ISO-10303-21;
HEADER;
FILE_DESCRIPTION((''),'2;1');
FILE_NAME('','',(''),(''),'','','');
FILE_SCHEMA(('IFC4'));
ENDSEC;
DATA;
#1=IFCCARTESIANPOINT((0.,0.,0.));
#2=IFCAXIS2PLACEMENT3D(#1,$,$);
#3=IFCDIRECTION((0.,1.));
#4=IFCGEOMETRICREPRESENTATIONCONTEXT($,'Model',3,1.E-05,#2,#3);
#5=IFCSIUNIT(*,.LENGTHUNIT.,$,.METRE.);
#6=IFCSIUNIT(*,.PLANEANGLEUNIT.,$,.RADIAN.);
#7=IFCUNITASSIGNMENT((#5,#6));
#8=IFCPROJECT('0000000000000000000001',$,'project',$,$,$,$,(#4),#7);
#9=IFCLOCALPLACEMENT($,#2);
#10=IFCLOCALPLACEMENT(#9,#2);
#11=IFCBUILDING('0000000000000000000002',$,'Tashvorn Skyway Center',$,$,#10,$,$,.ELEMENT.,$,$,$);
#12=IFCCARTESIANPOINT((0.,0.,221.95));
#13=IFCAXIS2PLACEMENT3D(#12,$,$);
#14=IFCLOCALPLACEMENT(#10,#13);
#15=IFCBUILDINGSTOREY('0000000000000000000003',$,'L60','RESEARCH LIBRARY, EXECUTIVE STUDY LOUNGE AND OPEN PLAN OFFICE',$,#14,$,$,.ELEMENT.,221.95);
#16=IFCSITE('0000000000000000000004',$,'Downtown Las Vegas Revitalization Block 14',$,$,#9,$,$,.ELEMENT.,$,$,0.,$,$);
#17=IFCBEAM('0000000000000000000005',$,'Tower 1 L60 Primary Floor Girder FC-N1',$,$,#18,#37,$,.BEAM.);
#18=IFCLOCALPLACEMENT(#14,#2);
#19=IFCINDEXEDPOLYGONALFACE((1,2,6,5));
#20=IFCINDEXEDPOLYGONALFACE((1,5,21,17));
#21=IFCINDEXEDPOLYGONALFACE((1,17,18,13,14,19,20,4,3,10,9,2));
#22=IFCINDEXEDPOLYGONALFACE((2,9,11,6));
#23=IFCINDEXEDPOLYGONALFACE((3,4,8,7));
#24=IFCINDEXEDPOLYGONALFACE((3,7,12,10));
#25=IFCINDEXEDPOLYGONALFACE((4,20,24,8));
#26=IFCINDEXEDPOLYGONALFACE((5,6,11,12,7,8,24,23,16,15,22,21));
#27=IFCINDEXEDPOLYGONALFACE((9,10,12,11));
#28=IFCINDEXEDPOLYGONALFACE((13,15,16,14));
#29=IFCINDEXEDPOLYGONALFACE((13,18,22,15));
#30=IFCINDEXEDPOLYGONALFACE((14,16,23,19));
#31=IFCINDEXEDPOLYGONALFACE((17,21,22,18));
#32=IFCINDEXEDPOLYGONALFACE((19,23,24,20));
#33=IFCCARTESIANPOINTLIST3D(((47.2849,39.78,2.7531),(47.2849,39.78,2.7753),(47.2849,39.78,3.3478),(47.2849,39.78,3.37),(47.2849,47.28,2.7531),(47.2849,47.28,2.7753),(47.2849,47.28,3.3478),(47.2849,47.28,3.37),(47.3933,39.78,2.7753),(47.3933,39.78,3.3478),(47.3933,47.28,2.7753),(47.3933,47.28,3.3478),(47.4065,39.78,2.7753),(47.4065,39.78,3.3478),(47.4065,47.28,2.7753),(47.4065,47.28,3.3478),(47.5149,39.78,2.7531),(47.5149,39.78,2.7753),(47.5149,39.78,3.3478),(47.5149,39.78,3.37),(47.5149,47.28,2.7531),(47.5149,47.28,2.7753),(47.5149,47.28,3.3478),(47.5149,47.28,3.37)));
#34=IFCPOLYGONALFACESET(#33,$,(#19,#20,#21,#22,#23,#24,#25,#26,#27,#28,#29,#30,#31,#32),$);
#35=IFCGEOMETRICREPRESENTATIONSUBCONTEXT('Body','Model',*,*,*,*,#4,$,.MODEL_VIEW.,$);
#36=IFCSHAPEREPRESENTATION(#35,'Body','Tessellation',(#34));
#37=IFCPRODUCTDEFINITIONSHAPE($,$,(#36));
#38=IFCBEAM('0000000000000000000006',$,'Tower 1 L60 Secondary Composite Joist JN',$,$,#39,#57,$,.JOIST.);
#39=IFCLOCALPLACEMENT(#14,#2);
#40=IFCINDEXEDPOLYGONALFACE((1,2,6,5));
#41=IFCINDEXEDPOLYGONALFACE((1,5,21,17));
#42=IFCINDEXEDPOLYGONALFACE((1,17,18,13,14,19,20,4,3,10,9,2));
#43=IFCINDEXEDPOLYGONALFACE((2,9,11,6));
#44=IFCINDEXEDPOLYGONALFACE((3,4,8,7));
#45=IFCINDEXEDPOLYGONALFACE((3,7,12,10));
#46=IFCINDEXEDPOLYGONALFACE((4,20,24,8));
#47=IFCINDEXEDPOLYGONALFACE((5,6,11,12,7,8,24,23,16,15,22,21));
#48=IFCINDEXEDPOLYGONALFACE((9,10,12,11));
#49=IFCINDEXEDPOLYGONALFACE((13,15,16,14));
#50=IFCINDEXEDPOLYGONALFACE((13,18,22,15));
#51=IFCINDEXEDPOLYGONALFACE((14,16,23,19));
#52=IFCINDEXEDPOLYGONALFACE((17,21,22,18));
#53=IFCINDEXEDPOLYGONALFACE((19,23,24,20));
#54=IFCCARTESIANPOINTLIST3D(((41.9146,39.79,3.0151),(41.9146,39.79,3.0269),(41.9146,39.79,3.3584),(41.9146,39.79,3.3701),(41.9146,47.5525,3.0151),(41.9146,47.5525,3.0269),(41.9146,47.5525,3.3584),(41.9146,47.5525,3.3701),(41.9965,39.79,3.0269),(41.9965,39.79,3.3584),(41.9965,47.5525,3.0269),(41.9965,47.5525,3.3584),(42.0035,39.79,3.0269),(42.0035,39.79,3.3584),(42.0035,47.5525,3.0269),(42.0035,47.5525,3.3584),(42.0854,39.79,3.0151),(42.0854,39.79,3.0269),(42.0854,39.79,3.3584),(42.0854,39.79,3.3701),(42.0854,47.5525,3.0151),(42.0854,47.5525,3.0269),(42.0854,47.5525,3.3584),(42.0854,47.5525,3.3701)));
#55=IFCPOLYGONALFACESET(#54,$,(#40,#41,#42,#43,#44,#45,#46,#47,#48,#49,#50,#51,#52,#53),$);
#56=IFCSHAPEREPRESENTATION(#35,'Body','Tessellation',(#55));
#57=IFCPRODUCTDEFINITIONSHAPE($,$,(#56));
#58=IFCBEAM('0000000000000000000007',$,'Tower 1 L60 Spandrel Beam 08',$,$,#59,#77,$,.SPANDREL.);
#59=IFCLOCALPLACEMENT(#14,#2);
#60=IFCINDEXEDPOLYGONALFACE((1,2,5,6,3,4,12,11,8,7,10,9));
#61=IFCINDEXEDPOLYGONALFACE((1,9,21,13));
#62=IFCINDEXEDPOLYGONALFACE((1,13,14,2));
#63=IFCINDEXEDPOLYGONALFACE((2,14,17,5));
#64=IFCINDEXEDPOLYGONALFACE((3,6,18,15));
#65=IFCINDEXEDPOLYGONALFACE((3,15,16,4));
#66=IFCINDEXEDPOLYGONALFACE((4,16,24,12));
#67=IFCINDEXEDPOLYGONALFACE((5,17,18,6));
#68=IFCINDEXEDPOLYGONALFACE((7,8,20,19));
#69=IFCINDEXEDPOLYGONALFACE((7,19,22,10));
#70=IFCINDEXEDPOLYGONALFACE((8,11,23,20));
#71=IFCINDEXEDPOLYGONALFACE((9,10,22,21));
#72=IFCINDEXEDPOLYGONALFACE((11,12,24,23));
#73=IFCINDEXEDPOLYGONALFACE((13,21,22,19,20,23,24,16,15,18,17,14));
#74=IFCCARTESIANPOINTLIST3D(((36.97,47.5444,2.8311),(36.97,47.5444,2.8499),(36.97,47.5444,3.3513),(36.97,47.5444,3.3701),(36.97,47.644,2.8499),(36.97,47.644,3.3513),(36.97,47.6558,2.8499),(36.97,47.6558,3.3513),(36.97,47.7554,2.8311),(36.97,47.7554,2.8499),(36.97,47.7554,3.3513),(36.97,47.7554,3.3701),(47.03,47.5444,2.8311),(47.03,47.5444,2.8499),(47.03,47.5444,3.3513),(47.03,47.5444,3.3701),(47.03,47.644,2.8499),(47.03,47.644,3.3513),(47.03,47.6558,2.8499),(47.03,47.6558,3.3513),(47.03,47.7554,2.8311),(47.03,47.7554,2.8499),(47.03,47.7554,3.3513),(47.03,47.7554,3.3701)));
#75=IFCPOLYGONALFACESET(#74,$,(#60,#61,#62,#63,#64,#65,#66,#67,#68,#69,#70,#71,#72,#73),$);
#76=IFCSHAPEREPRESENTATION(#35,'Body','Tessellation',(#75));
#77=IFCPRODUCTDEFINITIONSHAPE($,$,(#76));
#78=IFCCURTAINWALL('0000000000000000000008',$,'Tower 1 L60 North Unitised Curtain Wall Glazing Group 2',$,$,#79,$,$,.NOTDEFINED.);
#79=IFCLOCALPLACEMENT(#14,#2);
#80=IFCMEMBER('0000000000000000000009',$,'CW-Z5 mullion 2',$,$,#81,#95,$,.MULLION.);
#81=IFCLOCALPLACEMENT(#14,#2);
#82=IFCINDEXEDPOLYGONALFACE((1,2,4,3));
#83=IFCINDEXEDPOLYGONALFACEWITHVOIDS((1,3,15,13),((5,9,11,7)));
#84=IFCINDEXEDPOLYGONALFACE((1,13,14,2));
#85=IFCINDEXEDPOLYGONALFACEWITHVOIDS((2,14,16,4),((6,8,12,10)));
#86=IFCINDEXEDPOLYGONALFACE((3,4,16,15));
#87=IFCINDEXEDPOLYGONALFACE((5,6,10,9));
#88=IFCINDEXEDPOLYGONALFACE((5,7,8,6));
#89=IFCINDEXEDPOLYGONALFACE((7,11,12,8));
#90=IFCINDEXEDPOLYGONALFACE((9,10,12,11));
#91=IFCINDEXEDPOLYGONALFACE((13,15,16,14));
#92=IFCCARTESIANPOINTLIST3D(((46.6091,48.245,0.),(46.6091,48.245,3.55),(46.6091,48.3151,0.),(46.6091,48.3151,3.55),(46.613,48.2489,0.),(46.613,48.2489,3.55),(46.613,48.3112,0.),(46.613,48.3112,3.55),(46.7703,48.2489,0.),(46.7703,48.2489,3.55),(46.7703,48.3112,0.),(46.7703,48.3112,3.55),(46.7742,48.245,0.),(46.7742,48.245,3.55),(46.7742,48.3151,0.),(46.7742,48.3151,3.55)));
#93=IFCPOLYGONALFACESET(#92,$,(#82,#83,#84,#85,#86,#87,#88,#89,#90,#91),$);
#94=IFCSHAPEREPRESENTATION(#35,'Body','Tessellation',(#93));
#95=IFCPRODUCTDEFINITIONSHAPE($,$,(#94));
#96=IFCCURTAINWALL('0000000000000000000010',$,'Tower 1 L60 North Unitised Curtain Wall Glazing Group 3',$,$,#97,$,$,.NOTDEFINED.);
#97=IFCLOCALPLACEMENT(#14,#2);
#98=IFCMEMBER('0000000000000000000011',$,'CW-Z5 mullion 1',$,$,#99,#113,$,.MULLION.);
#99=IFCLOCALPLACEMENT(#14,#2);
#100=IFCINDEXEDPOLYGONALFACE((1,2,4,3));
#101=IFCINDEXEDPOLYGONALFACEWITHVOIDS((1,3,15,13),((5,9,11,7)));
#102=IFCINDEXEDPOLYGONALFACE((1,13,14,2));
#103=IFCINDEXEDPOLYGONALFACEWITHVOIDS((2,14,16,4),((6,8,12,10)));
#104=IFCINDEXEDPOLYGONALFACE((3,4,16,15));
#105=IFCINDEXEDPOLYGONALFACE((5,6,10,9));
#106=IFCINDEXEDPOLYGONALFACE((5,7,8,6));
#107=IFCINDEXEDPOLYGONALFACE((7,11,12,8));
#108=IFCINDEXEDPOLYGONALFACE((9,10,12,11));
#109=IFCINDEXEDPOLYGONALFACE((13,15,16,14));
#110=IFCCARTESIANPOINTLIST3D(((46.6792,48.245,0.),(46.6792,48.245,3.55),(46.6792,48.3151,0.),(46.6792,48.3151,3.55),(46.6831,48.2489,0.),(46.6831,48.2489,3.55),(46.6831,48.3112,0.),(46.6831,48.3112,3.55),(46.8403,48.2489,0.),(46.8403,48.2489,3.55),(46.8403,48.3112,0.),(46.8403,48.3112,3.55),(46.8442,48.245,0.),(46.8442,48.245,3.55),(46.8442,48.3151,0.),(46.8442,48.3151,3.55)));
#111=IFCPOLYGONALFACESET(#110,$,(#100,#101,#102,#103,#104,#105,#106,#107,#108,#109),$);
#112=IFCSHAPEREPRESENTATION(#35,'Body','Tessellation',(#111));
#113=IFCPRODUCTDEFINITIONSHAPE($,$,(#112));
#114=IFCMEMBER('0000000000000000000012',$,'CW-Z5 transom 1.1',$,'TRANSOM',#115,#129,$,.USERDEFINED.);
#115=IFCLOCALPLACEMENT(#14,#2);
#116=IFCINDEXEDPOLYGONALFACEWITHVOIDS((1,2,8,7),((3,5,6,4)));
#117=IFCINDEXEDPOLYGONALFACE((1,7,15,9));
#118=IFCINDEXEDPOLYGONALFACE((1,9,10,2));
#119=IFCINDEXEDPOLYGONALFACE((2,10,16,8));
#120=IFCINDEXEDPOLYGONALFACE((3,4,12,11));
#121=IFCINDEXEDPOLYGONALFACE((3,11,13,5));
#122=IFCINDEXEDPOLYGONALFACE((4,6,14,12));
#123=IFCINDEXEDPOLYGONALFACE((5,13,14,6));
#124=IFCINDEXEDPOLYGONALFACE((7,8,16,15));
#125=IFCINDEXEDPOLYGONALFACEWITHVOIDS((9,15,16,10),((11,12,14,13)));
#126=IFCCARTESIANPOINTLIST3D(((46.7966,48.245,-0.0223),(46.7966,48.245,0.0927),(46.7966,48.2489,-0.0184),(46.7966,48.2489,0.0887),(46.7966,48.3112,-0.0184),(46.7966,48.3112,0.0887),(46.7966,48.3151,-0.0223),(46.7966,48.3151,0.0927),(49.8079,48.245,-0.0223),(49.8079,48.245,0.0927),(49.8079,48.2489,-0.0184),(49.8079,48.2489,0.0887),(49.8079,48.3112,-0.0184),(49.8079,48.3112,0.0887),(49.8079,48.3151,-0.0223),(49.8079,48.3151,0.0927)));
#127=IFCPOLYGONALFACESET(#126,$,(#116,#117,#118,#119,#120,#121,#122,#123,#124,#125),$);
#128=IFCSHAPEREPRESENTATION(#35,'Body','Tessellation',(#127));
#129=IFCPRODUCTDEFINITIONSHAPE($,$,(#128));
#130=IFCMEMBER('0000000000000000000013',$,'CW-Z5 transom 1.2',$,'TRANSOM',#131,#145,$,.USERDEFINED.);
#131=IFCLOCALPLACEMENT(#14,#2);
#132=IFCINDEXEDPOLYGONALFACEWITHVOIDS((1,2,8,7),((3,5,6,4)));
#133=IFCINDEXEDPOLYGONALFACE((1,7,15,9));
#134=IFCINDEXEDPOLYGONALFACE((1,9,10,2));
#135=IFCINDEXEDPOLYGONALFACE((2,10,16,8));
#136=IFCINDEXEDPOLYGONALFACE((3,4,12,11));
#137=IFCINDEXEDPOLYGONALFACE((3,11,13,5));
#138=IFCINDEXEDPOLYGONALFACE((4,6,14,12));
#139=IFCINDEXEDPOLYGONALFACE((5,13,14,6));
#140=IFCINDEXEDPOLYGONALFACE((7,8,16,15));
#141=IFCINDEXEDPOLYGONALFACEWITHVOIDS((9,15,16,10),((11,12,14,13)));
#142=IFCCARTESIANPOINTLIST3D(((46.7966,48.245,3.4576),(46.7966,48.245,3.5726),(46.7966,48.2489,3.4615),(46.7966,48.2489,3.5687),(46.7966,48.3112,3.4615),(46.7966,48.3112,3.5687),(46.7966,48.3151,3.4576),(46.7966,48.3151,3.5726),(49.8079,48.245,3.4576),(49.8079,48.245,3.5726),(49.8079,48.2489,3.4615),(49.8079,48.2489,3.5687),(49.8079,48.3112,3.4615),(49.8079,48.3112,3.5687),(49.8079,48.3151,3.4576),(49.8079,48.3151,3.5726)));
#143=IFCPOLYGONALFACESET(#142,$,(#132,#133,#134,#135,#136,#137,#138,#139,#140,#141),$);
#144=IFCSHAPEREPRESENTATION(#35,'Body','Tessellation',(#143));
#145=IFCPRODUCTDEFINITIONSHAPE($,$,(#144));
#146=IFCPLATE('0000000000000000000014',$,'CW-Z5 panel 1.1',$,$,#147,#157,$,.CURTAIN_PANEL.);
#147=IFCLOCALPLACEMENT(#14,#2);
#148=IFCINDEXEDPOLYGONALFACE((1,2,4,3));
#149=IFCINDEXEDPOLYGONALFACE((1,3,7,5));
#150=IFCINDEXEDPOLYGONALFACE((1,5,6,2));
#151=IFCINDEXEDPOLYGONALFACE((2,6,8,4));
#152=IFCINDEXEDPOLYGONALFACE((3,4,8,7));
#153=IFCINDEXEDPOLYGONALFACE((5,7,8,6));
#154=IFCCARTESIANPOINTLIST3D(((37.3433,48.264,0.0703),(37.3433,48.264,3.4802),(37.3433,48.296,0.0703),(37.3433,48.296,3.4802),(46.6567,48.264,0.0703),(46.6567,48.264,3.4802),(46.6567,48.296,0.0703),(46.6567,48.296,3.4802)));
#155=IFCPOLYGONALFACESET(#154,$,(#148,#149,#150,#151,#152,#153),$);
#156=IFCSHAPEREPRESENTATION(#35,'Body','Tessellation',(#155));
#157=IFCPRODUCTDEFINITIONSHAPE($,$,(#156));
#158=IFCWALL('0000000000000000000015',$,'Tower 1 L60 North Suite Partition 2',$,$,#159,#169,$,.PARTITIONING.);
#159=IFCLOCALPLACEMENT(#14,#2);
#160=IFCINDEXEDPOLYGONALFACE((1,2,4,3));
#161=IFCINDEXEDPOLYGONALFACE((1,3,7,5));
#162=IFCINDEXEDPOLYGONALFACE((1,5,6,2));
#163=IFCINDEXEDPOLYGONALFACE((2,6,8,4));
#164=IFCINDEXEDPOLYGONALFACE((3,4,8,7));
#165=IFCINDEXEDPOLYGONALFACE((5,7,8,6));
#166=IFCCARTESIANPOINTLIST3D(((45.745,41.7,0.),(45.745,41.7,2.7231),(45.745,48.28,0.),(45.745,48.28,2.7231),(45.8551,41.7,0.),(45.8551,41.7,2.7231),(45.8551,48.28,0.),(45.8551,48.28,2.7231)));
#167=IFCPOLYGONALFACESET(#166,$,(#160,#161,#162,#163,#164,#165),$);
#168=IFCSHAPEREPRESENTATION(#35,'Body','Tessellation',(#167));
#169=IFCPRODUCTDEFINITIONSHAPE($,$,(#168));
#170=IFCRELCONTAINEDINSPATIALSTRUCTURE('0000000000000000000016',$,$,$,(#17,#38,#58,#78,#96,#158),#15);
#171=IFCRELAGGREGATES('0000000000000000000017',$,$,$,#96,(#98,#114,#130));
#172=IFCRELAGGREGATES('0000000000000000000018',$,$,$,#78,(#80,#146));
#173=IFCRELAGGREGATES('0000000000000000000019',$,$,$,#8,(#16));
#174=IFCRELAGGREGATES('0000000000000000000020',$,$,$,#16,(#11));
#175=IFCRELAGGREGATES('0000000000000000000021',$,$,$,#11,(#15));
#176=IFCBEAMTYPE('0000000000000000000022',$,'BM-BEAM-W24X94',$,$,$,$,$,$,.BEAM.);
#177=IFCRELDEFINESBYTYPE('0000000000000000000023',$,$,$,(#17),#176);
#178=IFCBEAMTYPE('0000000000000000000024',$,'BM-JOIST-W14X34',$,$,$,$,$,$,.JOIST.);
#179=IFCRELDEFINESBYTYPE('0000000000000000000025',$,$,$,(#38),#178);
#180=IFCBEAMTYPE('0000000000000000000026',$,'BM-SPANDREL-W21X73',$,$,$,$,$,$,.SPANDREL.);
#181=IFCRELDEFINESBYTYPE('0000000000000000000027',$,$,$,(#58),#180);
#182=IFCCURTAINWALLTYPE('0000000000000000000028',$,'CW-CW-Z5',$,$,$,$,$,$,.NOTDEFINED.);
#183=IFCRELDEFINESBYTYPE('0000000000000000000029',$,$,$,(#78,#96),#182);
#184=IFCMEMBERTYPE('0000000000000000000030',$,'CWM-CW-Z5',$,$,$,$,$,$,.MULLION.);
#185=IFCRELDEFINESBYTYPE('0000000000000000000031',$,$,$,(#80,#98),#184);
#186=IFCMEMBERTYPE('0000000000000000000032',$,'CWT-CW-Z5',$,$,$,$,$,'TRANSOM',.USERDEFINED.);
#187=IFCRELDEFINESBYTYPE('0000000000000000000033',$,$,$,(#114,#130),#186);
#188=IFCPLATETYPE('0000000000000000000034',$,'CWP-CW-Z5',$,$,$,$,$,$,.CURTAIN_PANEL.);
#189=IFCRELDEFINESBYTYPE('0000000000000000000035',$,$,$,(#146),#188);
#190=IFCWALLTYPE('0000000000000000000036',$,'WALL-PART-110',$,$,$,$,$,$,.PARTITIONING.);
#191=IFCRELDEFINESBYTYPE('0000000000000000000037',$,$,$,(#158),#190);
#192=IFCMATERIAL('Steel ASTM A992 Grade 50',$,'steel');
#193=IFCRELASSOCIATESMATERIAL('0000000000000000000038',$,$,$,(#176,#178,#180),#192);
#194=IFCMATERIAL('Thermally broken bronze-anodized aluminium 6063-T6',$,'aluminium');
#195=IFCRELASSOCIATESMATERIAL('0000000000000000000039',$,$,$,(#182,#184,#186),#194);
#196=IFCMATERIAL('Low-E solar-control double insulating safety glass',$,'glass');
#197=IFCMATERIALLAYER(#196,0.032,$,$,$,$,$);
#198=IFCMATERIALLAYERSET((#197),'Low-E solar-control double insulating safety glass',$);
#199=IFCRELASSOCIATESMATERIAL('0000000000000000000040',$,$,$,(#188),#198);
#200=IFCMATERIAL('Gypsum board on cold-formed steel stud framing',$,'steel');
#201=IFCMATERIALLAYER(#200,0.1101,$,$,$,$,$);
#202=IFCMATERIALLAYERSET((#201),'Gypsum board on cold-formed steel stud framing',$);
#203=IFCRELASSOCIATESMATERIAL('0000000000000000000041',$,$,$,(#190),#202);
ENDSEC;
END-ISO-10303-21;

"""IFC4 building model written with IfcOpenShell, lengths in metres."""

from ifc_helpers import new_model, si_unit, direction, frame, frame_2d, origin, origin_2d, place, context, subcontext, project, spatial, rectangle, hollow_rectangle, i_section, extrude, material, layer, layer_set, material_profile, profile_set, type_object, element, aggregate, save


model = new_model("IFC4")

# Units and contexts
model_context = context("Model", 3, precision=1e-05, world=origin(), true_north=direction((0.0, 1.0)))
body_context = subcontext(model_context, "Body", "Model", "MODEL_VIEW")
ifc_project = project(units=[si_unit("LENGTHUNIT", "METRE"), si_unit("PLANEANGLEUNIT", "RADIAN")], contexts=[model_context])

# Site, building, storey
site_placement = place(None, origin())
site = spatial("IfcSite", under=ifc_project, at=site_placement, Name="Downtown Las Vegas Revitalization Block 14", CompositionType="ELEMENT", RefElevation=0.0)
building_placement = place(site_placement, origin())
building = spatial("IfcBuilding", under=site, at=building_placement, Name="Tashvorn Skyway Center", CompositionType="ELEMENT")
storey_placement = place(building_placement, frame((0.0, 0.0, 221.95)))
storey = spatial("IfcBuildingStorey", under=building, at=storey_placement, Name="L60", Description="RESEARCH LIBRARY, EXECUTIVE STUDY LOUNGE AND OPEN PLAN OFFICE", CompositionType="ELEMENT", Elevation=221.95)

# Beams
ifc_material_1 = material(Name="Steel ASTM A992 Grade 50", Category="steel")
ifc_material_profile_1 = material_profile(ifc_material_1, i_section(OverallWidth=0.23, OverallDepth=0.6169, WebThickness=0.0132, FlangeThickness=0.0222, at=origin_2d()), Name="W24X94")
ifc_profile_set_1 = profile_set([ifc_material_profile_1], Name="Steel ASTM A992 Grade 50")
beam_type_1 = type_object("IfcBeamType", Name="BM-BEAM-W24X94", PredefinedType="BEAM", material=ifc_profile_set_1)
beam_1_placement = place(storey_placement, frame((47.3999, 47.28, 3.0615), z_axis=(0.0, -1.0, 0.0), x_axis=(1.0, 0.0, 0.0)))
element("IfcBeam", 1, at=beam_1_placement, inside=storey, type_object=beam_type_1, Name="Tower 1 L60 Primary Floor Girder FC-N1", PredefinedType="BEAM", context=body_context, shape_type="SweptSolid", body=[
    extrude(i_section(OverallWidth=0.23, OverallDepth=0.6169, WebThickness=0.0132, FlangeThickness=0.0222, at=origin_2d()), origin(), (0.0, 0.0, 1.0), 7.5),
])
ifc_material_profile_2 = material_profile(ifc_material_1, i_section(OverallWidth=0.1709, OverallDepth=0.355, WebThickness=0.0071, FlangeThickness=0.0117, at=origin_2d()), Name="W14X34")
ifc_profile_set_2 = profile_set([ifc_material_profile_2], Name="Steel ASTM A992 Grade 50")
beam_type_2 = type_object("IfcBeamType", Name="BM-JOIST-W14X34", PredefinedType="JOIST", material=ifc_profile_set_2)
beam_2_placement = place(storey_placement, frame((42.0, 39.79, 3.1926), z_axis=(0.0, 1.0, 0.0), x_axis=(-1.0, 0.0, 0.0)))
element("IfcBeam", 2, at=beam_2_placement, inside=storey, type_object=beam_type_2, Name="Tower 1 L60 Secondary Composite Joist JN", PredefinedType="JOIST", context=body_context, shape_type="SweptSolid", body=[
    extrude(i_section(OverallWidth=0.1709, OverallDepth=0.355, WebThickness=0.0071, FlangeThickness=0.0117, at=origin_2d()), origin(), (0.0, 0.0, 1.0), 7.7625),
])
ifc_material_profile_3 = material_profile(ifc_material_1, i_section(OverallWidth=0.2109, OverallDepth=0.5391, WebThickness=0.0117, FlangeThickness=0.0188, at=origin_2d()), Name="W21X73")
ifc_profile_set_3 = profile_set([ifc_material_profile_3], Name="Steel ASTM A992 Grade 50")
beam_type_3 = type_object("IfcBeamType", Name="BM-SPANDREL-W21X73", PredefinedType="SPANDREL", material=ifc_profile_set_3)
beam_3_placement = place(storey_placement, frame((47.03, 47.6499, 3.1006), z_axis=(-1.0, 0.0, 0.0), x_axis=(0.0, -1.0, 0.0)))
element("IfcBeam", 3, at=beam_3_placement, inside=storey, type_object=beam_type_3, Name="Tower 1 L60 Spandrel Beam 08", PredefinedType="SPANDREL", context=body_context, shape_type="SweptSolid", body=[
    extrude(i_section(OverallWidth=0.2109, OverallDepth=0.5391, WebThickness=0.0117, FlangeThickness=0.0188, at=origin_2d()), origin(), (0.0, 0.0, 1.0), 10.0601),
])

# Curtain wall, member
ifc_material_2 = material(Name="Thermally broken bronze-anodized aluminium 6063-T6", Category="aluminium")
curtain_wall_type = type_object("IfcCurtainWallType", Name="CW-CW-Z5", PredefinedType="NOTDEFINED", material=ifc_material_2)
curtain_wall_1_placement = place(storey_placement, origin())
curtain_wall_1 = element("IfcCurtainWall", 4, at=curtain_wall_1_placement, inside=storey, type_object=curtain_wall_type, Name="Tower 1 L60 North Unitised Curtain Wall Glazing Group 2", PredefinedType="NOTDEFINED")
ifc_material_profile_4 = material_profile(ifc_material_2, hollow_rectangle(XDim=0.0701, YDim=0.165, WallThickness=0.0039, at=origin_2d()), Name="ALU-MULL-70x165")
ifc_profile_set_4 = profile_set([ifc_material_profile_4], Name="Thermally broken bronze-anodized aluminium 6063-T6")
member_type_1 = type_object("IfcMemberType", Name="CWM-CW-Z5", PredefinedType="MULLION", material=ifc_profile_set_4)
member_1_placement = place(storey_placement, frame((46.6917, 48.28, 0.0), z_axis=(0.0, 0.0, 1.0), x_axis=(0.0, 1.0, 0.0)))
member_1 = element("IfcMember", 5, at=member_1_placement, type_object=member_type_1, Name="CW-Z5 mullion 2", PredefinedType="MULLION", context=body_context, shape_type="SweptSolid", body=[
    extrude(hollow_rectangle(XDim=0.0701, YDim=0.165, WallThickness=0.0039, at=origin_2d()), origin(), (0.0, 0.0, 1.0), 3.55),
])

# Curtain wall, members
curtain_wall_2_placement = place(storey_placement, origin())
curtain_wall_2 = element("IfcCurtainWall", 6, at=curtain_wall_2_placement, inside=storey, type_object=curtain_wall_type, Name="Tower 1 L60 North Unitised Curtain Wall Glazing Group 3", PredefinedType="NOTDEFINED")
member_2_placement = place(storey_placement, frame((46.7617, 48.28, 0.0), z_axis=(0.0, 0.0, 1.0), x_axis=(0.0, 1.0, 0.0)))
member_2 = element("IfcMember", 7, at=member_2_placement, type_object=member_type_1, Name="CW-Z5 mullion 1", PredefinedType="MULLION", context=body_context, shape_type="SweptSolid", body=[
    extrude(hollow_rectangle(XDim=0.0701, YDim=0.165, WallThickness=0.0039, at=origin_2d()), origin(), (0.0, 0.0, 1.0), 3.55),
])
ifc_material_profile_5 = material_profile(ifc_material_2, hollow_rectangle(XDim=0.0701, YDim=0.115, WallThickness=0.0039, at=origin_2d()), Name="ALU-TRAN-70x115")
ifc_profile_set_5 = profile_set([ifc_material_profile_5], Name="Thermally broken bronze-anodized aluminium 6063-T6")
member_type_2 = type_object("IfcMemberType", Name="CWT-CW-Z5", ElementType="TRANSOM", PredefinedType="USERDEFINED", material=ifc_profile_set_5)
member_3_placement = place(storey_placement, frame((46.7966, 48.28, 0.0352), z_axis=(1.0, 0.0, 0.0), x_axis=(0.0, 1.0, 0.0)))
member_3 = element("IfcMember", 8, at=member_3_placement, type_object=member_type_2, Name="CW-Z5 transom 1.1", ObjectType="TRANSOM", PredefinedType="USERDEFINED", context=body_context, shape_type="SweptSolid", body=[
    extrude(hollow_rectangle(XDim=0.0701, YDim=0.115, WallThickness=0.0039, at=origin_2d()), origin(), (0.0, 0.0, 1.0), 3.0112),
])
member_4_placement = place(storey_placement, frame((46.7966, 48.28, 3.5151), z_axis=(1.0, 0.0, 0.0), x_axis=(0.0, 1.0, 0.0)))
member_4 = element("IfcMember", 9, at=member_4_placement, type_object=member_type_2, Name="CW-Z5 transom 1.2", ObjectType="TRANSOM", PredefinedType="USERDEFINED", context=body_context, shape_type="SweptSolid", body=[
    extrude(hollow_rectangle(XDim=0.0701, YDim=0.115, WallThickness=0.0039, at=origin_2d()), origin(), (0.0, 0.0, 1.0), 3.0112),
])
aggregate(curtain_wall_2, [member_2, member_3, member_4])

# Plate
ifc_material_3 = material(Name="Low-E solar-control double insulating safety glass", Category="glass")
ifc_layer_1 = layer(ifc_material_3, 0.032)
ifc_layer_set_1 = layer_set([ifc_layer_1], Name="Low-E solar-control double insulating safety glass")
plate_type = type_object("IfcPlateType", Name="CWP-CW-Z5", PredefinedType="CURTAIN_PANEL", material=ifc_layer_set_1)
plate_placement = place(storey_placement, frame((42.0, 48.28, 0.0703), z_axis=(0.0, 0.0, 1.0), x_axis=(1.0, 0.0, 0.0)))
plate = element("IfcPlate", 10, at=plate_placement, type_object=plate_type, Name="CW-Z5 panel 1.1", PredefinedType="CURTAIN_PANEL", context=body_context, shape_type="SweptSolid", body=[
    extrude(rectangle(XDim=9.3135, YDim=0.032, at=origin_2d()), origin(), (0.0, 0.0, 1.0), 3.4099),
])
aggregate(curtain_wall_1, [member_1, plate])

# Wall
ifc_material_4 = material(Name="Gypsum board on cold-formed steel stud framing", Category="steel")
ifc_layer_2 = layer(ifc_material_4, 0.1101)
ifc_layer_set_2 = layer_set([ifc_layer_2], Name="Gypsum board on cold-formed steel stud framing")
wall_type_1 = type_object("IfcWallType", Name="WALL-PART-110", PredefinedType="PARTITIONING", material=ifc_layer_set_2)
wall_1_placement = place(storey_placement, frame((45.8, 41.7, 0.0), z_axis=(0.0, 0.0, 1.0), x_axis=(0.0, 1.0, 0.0)))
element("IfcWall", 11, at=wall_1_placement, inside=storey, type_object=wall_type_1, Name="Tower 1 L60 North Suite Partition 2", PredefinedType="PARTITIONING", context=body_context, shape_type="SweptSolid", body=[
    extrude(rectangle(XDim=6.5801, YDim=0.1101, at=frame_2d((3.29, 0.0))), origin(), (0.0, 0.0, 1.0), 2.7231),
])

save(model, "model.ifc")
